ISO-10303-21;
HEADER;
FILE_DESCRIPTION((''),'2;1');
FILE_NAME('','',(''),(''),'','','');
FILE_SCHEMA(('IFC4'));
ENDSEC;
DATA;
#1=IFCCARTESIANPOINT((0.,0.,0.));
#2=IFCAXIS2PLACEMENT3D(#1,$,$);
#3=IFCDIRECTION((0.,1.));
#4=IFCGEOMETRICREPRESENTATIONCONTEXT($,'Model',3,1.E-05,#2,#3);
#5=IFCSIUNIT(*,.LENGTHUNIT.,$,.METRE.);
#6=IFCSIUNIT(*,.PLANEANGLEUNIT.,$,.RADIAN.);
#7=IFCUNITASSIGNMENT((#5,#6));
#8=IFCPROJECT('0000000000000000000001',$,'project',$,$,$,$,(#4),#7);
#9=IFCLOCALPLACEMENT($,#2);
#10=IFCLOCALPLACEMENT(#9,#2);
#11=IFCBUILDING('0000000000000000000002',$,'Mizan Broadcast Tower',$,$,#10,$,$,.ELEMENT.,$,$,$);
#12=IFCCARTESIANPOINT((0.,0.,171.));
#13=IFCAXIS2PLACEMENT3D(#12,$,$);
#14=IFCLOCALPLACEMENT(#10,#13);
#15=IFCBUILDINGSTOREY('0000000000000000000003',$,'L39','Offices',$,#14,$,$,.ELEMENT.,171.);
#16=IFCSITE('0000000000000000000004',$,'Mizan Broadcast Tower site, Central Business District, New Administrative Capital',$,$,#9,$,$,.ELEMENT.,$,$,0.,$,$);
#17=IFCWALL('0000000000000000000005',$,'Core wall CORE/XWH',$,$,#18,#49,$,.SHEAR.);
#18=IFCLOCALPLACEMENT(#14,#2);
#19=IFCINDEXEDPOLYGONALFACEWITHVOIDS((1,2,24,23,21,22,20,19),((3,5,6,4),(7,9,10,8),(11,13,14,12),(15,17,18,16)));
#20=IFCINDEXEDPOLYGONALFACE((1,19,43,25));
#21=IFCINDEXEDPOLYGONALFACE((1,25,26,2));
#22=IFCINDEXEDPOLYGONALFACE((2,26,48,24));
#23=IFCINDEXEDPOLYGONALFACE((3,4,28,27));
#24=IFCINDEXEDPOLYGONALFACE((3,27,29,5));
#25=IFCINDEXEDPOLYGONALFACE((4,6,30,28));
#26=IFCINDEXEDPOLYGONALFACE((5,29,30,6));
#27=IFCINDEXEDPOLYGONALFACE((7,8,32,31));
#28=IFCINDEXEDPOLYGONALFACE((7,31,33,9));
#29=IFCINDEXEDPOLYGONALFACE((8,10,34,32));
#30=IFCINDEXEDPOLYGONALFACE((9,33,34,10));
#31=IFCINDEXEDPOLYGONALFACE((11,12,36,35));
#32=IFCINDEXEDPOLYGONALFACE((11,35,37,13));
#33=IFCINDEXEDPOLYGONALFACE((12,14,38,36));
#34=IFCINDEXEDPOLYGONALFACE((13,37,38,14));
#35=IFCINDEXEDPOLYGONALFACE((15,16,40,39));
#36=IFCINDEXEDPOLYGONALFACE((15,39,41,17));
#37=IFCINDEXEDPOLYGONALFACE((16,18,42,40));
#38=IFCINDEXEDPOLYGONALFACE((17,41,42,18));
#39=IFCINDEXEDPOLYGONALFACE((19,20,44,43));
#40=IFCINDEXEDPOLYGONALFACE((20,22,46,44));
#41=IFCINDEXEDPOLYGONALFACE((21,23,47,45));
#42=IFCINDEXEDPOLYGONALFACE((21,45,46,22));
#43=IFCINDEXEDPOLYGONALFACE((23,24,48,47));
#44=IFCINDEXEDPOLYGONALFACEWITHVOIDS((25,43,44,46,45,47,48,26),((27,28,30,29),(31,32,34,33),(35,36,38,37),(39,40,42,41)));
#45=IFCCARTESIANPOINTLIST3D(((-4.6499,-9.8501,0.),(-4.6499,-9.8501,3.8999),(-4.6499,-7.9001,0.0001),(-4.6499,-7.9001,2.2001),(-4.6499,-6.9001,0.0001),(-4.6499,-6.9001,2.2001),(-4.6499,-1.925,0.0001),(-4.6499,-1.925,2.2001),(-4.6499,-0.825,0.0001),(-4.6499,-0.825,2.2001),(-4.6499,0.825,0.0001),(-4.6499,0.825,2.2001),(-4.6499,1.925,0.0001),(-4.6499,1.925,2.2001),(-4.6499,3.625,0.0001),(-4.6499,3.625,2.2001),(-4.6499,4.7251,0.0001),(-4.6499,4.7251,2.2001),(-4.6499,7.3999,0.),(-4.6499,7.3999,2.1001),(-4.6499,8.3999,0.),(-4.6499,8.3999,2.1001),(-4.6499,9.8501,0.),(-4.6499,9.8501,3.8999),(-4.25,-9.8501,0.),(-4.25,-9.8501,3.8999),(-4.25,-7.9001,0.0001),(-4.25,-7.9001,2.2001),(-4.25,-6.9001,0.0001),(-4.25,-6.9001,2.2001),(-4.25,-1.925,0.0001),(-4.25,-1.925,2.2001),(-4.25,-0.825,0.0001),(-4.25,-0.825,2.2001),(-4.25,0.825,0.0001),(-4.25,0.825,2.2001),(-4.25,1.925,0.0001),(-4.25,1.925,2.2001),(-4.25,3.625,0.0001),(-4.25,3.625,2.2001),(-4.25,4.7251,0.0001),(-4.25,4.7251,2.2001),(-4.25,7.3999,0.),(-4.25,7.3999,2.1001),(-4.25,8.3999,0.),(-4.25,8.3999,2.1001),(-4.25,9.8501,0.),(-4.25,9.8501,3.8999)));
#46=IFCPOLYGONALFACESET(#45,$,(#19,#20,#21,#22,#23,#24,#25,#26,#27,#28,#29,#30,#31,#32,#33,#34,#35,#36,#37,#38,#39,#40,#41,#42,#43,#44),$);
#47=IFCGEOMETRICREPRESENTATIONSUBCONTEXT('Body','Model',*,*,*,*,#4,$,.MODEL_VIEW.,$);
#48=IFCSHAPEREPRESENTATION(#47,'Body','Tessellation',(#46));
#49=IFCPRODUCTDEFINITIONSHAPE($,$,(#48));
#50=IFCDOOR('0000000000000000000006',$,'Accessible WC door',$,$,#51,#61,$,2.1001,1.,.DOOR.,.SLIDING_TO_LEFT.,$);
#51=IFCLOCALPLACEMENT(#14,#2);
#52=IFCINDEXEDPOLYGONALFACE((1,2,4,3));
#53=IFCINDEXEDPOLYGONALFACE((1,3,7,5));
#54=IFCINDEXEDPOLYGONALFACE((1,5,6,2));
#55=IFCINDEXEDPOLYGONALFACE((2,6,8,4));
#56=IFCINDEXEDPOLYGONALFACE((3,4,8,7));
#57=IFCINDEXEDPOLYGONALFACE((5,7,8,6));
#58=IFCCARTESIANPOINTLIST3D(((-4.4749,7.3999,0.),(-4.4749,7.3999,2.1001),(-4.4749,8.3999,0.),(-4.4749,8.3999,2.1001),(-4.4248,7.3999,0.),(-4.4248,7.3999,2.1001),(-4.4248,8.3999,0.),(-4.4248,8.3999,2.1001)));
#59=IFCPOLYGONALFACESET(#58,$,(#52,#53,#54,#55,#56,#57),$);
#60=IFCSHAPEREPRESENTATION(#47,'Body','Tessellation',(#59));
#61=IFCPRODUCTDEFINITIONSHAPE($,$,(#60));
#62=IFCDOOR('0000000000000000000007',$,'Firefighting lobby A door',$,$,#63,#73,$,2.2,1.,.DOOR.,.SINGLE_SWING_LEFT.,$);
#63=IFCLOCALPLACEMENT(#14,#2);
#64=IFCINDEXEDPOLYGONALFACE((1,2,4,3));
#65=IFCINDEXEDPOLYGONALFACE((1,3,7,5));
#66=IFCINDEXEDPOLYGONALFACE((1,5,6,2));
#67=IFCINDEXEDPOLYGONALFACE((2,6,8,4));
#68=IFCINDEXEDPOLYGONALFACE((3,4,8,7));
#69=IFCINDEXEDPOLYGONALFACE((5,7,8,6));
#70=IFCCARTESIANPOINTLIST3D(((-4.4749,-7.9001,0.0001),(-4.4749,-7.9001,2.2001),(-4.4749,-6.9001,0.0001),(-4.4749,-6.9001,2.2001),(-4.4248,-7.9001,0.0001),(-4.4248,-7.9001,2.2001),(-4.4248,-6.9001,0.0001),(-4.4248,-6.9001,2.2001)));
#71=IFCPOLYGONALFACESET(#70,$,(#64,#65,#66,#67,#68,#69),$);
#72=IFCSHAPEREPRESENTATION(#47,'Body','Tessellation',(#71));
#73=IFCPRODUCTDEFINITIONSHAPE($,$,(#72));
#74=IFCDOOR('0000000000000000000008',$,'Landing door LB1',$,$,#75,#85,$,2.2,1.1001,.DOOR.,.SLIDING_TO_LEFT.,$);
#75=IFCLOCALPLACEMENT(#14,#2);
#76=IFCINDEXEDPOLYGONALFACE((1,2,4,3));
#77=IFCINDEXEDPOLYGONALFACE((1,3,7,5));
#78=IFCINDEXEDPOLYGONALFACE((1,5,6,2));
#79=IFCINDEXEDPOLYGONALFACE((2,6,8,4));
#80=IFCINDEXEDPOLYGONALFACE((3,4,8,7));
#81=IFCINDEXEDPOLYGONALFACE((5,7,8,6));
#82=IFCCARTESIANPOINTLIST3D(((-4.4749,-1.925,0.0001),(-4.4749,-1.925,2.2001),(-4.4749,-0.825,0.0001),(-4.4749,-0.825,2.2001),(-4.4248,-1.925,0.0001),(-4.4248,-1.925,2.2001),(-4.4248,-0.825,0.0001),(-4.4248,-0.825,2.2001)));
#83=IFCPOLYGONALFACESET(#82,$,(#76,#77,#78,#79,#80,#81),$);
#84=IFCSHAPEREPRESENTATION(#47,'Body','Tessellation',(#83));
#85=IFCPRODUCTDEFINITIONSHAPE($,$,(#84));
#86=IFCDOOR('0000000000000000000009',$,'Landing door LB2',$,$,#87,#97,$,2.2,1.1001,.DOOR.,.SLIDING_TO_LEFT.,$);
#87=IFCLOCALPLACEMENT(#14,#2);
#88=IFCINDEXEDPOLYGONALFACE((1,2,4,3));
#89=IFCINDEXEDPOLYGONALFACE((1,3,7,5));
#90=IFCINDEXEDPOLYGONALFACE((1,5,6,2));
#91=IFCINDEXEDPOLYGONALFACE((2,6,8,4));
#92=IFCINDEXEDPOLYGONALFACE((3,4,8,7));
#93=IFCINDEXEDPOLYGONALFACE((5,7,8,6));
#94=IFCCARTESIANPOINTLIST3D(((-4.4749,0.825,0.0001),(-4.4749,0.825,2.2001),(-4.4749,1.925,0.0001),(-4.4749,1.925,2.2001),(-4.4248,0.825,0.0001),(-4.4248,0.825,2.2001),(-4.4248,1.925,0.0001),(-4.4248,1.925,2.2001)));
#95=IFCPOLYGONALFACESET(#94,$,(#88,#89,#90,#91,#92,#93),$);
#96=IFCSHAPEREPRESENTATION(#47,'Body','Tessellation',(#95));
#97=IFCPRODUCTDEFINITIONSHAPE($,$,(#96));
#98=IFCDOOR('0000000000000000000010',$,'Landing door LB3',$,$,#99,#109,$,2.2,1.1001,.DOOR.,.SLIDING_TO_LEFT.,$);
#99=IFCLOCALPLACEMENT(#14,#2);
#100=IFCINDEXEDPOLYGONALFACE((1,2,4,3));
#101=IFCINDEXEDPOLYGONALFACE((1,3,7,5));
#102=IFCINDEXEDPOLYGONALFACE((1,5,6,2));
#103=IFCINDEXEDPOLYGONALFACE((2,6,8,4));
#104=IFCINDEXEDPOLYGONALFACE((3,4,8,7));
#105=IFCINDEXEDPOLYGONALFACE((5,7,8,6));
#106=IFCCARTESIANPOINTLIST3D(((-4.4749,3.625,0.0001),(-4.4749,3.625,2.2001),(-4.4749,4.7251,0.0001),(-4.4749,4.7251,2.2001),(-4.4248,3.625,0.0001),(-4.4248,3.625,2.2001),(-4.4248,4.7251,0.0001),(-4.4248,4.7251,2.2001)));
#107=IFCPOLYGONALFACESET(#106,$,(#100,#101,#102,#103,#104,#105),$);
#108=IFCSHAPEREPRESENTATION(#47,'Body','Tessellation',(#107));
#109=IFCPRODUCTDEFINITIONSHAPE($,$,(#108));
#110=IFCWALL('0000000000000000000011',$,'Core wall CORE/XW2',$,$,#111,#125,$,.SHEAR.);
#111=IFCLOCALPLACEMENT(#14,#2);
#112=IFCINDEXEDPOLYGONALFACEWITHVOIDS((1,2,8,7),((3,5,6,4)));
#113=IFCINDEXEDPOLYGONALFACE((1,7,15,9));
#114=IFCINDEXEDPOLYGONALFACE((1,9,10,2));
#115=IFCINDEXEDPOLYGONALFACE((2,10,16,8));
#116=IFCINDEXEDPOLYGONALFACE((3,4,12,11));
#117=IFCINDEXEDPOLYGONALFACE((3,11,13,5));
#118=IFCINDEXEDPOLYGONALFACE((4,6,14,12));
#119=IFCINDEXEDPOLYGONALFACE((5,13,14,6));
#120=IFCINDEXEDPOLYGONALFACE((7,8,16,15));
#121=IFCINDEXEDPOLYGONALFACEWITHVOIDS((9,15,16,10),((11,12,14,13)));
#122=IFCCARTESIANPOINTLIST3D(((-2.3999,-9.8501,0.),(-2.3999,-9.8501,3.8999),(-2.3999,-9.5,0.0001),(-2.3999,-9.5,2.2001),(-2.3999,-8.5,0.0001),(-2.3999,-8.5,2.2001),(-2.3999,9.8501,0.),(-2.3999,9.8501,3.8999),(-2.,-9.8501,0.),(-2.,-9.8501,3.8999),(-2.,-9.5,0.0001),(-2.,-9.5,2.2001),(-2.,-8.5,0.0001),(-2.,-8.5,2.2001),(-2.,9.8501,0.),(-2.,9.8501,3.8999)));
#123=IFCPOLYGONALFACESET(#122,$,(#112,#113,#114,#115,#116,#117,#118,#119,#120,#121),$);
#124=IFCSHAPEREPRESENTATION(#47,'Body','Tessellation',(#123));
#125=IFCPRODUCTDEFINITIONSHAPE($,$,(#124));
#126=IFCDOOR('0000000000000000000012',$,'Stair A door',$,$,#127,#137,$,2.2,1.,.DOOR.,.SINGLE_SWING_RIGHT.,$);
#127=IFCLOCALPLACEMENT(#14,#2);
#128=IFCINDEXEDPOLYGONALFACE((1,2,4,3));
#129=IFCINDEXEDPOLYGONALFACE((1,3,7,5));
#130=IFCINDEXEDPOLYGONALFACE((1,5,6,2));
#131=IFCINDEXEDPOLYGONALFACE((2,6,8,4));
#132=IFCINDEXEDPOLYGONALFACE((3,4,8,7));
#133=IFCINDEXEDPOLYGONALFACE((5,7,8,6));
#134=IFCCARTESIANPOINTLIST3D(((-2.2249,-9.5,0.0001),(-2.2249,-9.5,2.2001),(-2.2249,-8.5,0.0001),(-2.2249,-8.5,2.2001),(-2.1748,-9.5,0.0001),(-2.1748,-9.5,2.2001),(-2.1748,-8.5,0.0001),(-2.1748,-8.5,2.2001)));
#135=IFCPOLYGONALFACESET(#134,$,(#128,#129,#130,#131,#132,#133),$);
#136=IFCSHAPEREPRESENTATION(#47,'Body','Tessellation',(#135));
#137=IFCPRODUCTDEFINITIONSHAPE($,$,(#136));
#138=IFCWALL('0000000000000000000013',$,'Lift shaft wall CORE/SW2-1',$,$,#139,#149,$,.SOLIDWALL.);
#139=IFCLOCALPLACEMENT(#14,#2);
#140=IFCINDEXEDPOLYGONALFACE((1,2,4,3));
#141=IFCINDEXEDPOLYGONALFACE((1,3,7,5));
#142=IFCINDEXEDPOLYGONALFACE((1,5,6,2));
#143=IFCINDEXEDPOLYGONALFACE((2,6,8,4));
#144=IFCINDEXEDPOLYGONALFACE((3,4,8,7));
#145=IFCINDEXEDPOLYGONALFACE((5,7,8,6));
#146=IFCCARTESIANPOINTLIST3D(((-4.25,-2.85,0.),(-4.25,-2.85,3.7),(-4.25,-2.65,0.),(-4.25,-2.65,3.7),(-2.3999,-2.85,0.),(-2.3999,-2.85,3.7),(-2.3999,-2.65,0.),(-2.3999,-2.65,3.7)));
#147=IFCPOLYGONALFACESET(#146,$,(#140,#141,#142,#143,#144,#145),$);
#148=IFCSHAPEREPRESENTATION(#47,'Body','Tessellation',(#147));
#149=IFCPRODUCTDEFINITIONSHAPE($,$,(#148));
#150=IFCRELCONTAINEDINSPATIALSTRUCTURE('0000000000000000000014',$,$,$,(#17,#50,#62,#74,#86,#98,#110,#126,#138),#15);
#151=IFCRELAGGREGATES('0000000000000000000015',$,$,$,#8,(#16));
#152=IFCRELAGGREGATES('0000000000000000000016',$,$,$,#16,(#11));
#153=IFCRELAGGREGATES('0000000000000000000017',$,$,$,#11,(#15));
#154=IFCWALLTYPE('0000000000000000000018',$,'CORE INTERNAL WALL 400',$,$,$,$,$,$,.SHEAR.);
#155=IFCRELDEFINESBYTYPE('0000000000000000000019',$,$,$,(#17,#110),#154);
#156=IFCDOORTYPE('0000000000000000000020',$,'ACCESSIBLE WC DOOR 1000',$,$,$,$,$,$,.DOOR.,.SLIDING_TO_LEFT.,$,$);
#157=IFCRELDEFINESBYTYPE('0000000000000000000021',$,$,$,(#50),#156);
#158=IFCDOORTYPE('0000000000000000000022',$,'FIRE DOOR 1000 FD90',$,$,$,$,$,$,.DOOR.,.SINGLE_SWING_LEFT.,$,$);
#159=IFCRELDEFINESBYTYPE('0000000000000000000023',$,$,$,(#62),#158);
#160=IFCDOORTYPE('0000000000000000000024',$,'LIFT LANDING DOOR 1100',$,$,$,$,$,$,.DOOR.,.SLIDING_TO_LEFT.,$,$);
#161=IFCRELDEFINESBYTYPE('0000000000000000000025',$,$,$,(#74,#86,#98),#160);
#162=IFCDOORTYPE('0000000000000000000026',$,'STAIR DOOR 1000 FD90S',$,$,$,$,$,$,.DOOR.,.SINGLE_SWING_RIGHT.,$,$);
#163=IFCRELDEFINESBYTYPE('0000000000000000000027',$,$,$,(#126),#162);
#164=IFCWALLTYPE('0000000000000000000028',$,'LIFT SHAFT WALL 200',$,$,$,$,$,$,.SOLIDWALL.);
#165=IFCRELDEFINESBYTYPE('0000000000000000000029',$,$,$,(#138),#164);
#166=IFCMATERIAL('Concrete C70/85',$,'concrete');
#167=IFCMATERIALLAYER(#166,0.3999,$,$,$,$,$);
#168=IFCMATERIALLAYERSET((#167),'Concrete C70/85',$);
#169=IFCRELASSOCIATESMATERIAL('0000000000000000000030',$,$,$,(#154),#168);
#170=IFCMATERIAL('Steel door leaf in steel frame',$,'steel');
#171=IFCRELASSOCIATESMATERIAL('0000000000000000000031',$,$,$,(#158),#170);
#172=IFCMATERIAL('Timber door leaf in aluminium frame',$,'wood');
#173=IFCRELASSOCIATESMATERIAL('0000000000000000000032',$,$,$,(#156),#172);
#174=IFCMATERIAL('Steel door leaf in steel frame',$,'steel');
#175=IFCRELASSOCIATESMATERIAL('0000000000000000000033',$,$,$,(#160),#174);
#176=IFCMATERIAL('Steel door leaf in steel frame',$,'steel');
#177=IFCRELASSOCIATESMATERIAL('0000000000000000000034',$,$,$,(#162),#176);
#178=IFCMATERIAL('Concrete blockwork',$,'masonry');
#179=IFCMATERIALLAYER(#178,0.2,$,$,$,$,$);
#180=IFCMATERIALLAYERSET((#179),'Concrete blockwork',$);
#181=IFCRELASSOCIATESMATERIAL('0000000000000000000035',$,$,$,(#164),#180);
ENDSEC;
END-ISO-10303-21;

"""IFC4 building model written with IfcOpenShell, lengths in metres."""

from ifc_helpers import new_model, si_unit, direction, frame, frame_2d, origin, place, context, subcontext, project, spatial, rectangle, extrude, material, layer, layer_set, type_object, element, fill, save


model = new_model("IFC4")

# Units and contexts
model_context = context("Model", 3, precision=1e-05, world=origin(), true_north=direction((0.0, 1.0)))
body_context = subcontext(model_context, "Body", "Model", "MODEL_VIEW")
ifc_project = project(units=[si_unit("LENGTHUNIT", "METRE"), si_unit("PLANEANGLEUNIT", "RADIAN")], contexts=[model_context])

# Site, building, storey
site_placement = place(None, origin())
site = spatial("IfcSite", under=ifc_project, at=site_placement, Name="Mizan Broadcast Tower site, Central Business District, New Administrative Capital", CompositionType="ELEMENT", RefElevation=0.0)
building_placement = place(site_placement, origin())
building = spatial("IfcBuilding", under=site, at=building_placement, Name="Mizan Broadcast Tower", CompositionType="ELEMENT")
storey_placement = place(building_placement, frame((0.0, 0.0, 171.0)))
storey = spatial("IfcBuildingStorey", under=building, at=storey_placement, Name="L39", Description="Offices", CompositionType="ELEMENT", Elevation=171.0)

# Wall, openings, doors
ifc_material_1 = material(Name="Concrete C70/85", Category="concrete")
ifc_layer_1 = layer(ifc_material_1, 0.3999)
ifc_layer_set_1 = layer_set([ifc_layer_1], Name="Concrete C70/85")
wall_type_1 = type_object("IfcWallType", Name="CORE INTERNAL WALL 400", PredefinedType="SHEAR", material=ifc_layer_set_1)
ifc_material_2 = material(Name="Steel door leaf in steel frame", Category="steel")
door_type_1 = type_object("IfcDoorType", Name="FIRE DOOR 1000 FD90", OperationType="SINGLE_SWING_LEFT", PredefinedType="DOOR", material=ifc_material_2)
wall_1_placement = place(storey_placement, frame((-4.45, -9.8501, 0.0), z_axis=(0.0, 0.0, 1.0), x_axis=(0.0, 1.0, 0.0)))
wall_1 = element("IfcWall", 1, at=wall_1_placement, inside=storey, type_object=wall_type_1, Name="Core wall CORE/XWH", PredefinedType="SHEAR", context=body_context, shape_type="SweptSolid", body=[
    extrude(rectangle(XDim=19.7002, YDim=0.3999, at=frame_2d((9.8501, 0.0))), origin(), (0.0, 0.0, 1.0), 3.8999),
])
opening_1_placement = place(wall_1_placement, frame((1.95, 0.0, 0.0)))
opening_1 = element("IfcOpeningElement", 2, at=opening_1_placement, cuts=wall_1, PredefinedType="OPENING", context=body_context, shape_type="SweptSolid", body=[
    extrude(rectangle(XDim=1.0, YDim=2.2, at=frame_2d((0.5, 1.1001))), frame((0.0, 0.21, 0.0), z_axis=(0.0, -1.0, 0.0), x_axis=(1.0, 0.0, 0.0)), (0.0, 0.0, 1.0), 0.4199),
])
opening_2_placement = place(wall_1_placement, frame((17.25, 0.0, 0.0)))
opening_2 = element("IfcOpeningElement", 3, at=opening_2_placement, cuts=wall_1, PredefinedType="OPENING", context=body_context, shape_type="SweptSolid", body=[
    extrude(rectangle(XDim=1.0, YDim=2.1001, at=frame_2d((0.5, 1.05))), frame((0.0, 0.21, 0.0), z_axis=(0.0, -1.0, 0.0), x_axis=(1.0, 0.0, 0.0)), (0.0, 0.0, 1.0), 0.4199),
])
opening_3_placement = place(wall_1_placement, frame((7.925, 0.0, 0.0)))
opening_3 = element("IfcOpeningElement", 4, at=opening_3_placement, cuts=wall_1, PredefinedType="OPENING", context=body_context, shape_type="SweptSolid", body=[
    extrude(rectangle(XDim=1.1001, YDim=2.2, at=frame_2d((0.55, 1.1001))), frame((0.0, 0.21, 0.0), z_axis=(0.0, -1.0, 0.0), x_axis=(1.0, 0.0, 0.0)), (0.0, 0.0, 1.0), 0.4199),
])
opening_4_placement = place(wall_1_placement, frame((10.675, 0.0, 0.0)))
opening_4 = element("IfcOpeningElement", 5, at=opening_4_placement, cuts=wall_1, PredefinedType="OPENING", context=body_context, shape_type="SweptSolid", body=[
    extrude(rectangle(XDim=1.1001, YDim=2.2, at=frame_2d((0.55, 1.1001))), frame((0.0, 0.21, 0.0), z_axis=(0.0, -1.0, 0.0), x_axis=(1.0, 0.0, 0.0)), (0.0, 0.0, 1.0), 0.4199),
])
opening_5_placement = place(wall_1_placement, frame((13.4751, 0.0, 0.0)))
opening_5 = element("IfcOpeningElement", 6, at=opening_5_placement, cuts=wall_1, PredefinedType="OPENING", context=body_context, shape_type="SweptSolid", body=[
    extrude(rectangle(XDim=1.1001, YDim=2.2, at=frame_2d((0.55, 1.1001))), frame((0.0, 0.21, 0.0), z_axis=(0.0, -1.0, 0.0), x_axis=(1.0, 0.0, 0.0)), (0.0, 0.0, 1.0), 0.4199),
])
ifc_material_3 = material(Name="Timber door leaf in aluminium frame", Category="wood")
door_type_2 = type_object("IfcDoorType", Name="ACCESSIBLE WC DOOR 1000", OperationType="SLIDING_TO_LEFT", PredefinedType="DOOR", material=ifc_material_3)
door_1_placement = place(opening_2_placement, origin())
door_1 = element("IfcDoor", 7, at=door_1_placement, inside=storey, type_object=door_type_2, Name="Accessible WC door", OperationType="SLIDING_TO_LEFT", OverallHeight=2.1001, OverallWidth=1.0, PredefinedType="DOOR", context=body_context, shape_type="SweptSolid", body=[
    extrude(rectangle(XDim=1.0, YDim=2.1001, at=frame_2d((0.5, 1.05))), frame((0.0, 0.0249, 0.0), z_axis=(0.0, -1.0, 0.0), x_axis=(1.0, 0.0, 0.0)), (0.0, 0.0, 1.0), 0.05),
])
fill(opening_2, door_1)
door_2_placement = place(opening_1_placement, origin())
door_2 = element("IfcDoor", 8, at=door_2_placement, inside=storey, type_object=door_type_1, Name="Firefighting lobby A door", OperationType="SINGLE_SWING_LEFT", OverallHeight=2.2, OverallWidth=1.0, PredefinedType="DOOR", context=body_context, shape_type="SweptSolid", body=[
    extrude(rectangle(XDim=1.0, YDim=2.2, at=frame_2d((0.5, 1.1001))), frame((0.0, 0.0249, 0.0), z_axis=(0.0, -1.0, 0.0), x_axis=(1.0, 0.0, 0.0)), (0.0, 0.0, 1.0), 0.05),
])
fill(opening_1, door_2)
ifc_material_4 = material(Name="Steel door leaf in steel frame", Category="steel")
door_type_3 = type_object("IfcDoorType", Name="LIFT LANDING DOOR 1100", OperationType="SLIDING_TO_LEFT", PredefinedType="DOOR", material=ifc_material_4)
door_3_placement = place(opening_3_placement, origin())
door_3 = element("IfcDoor", 9, at=door_3_placement, inside=storey, type_object=door_type_3, Name="Landing door LB1", OperationType="SLIDING_TO_LEFT", OverallHeight=2.2, OverallWidth=1.1001, PredefinedType="DOOR", context=body_context, shape_type="SweptSolid", body=[
    extrude(rectangle(XDim=1.1001, YDim=2.2, at=frame_2d((0.55, 1.1001))), frame((0.0, 0.0249, 0.0), z_axis=(0.0, -1.0, 0.0), x_axis=(1.0, 0.0, 0.0)), (0.0, 0.0, 1.0), 0.05),
])
fill(opening_3, door_3)
door_4_placement = place(opening_4_placement, origin())
door_4 = element("IfcDoor", 10, at=door_4_placement, inside=storey, type_object=door_type_3, Name="Landing door LB2", OperationType="SLIDING_TO_LEFT", OverallHeight=2.2, OverallWidth=1.1001, PredefinedType="DOOR", context=body_context, shape_type="SweptSolid", body=[
    extrude(rectangle(XDim=1.1001, YDim=2.2, at=frame_2d((0.55, 1.1001))), frame((0.0, 0.0249, 0.0), z_axis=(0.0, -1.0, 0.0), x_axis=(1.0, 0.0, 0.0)), (0.0, 0.0, 1.0), 0.05),
])
fill(opening_4, door_4)
door_5_placement = place(opening_5_placement, origin())
door_5 = element("IfcDoor", 11, at=door_5_placement, inside=storey, type_object=door_type_3, Name="Landing door LB3", OperationType="SLIDING_TO_LEFT", OverallHeight=2.2, OverallWidth=1.1001, PredefinedType="DOOR", context=body_context, shape_type="SweptSolid", body=[
    extrude(rectangle(XDim=1.1001, YDim=2.2, at=frame_2d((0.55, 1.1001))), frame((0.0, 0.0249, 0.0), z_axis=(0.0, -1.0, 0.0), x_axis=(1.0, 0.0, 0.0)), (0.0, 0.0, 1.0), 0.05),
])
fill(opening_5, door_5)

# Wall, opening, door
wall_2_placement = place(storey_placement, frame((-2.2, -9.8501, 0.0), z_axis=(0.0, 0.0, 1.0), x_axis=(0.0, 1.0, 0.0)))
wall_2 = element("IfcWall", 12, at=wall_2_placement, inside=storey, type_object=wall_type_1, Name="Core wall CORE/XW2", PredefinedType="SHEAR", context=body_context, shape_type="SweptSolid", body=[
    extrude(rectangle(XDim=19.7002, YDim=0.3999, at=frame_2d((9.8501, 0.0))), origin(), (0.0, 0.0, 1.0), 3.8999),
])
opening_6_placement = place(wall_2_placement, frame((0.3501, 0.0, 0.0)))
opening_6 = element("IfcOpeningElement", 13, at=opening_6_placement, cuts=wall_2, PredefinedType="OPENING", context=body_context, shape_type="SweptSolid", body=[
    extrude(rectangle(XDim=1.0, YDim=2.2, at=frame_2d((0.5, 1.1001))), frame((0.0, 0.21, 0.0), z_axis=(0.0, -1.0, 0.0), x_axis=(1.0, 0.0, 0.0)), (0.0, 0.0, 1.0), 0.4199),
])
ifc_material_5 = material(Name="Steel door leaf in steel frame", Category="steel")
door_type_4 = type_object("IfcDoorType", Name="STAIR DOOR 1000 FD90S", OperationType="SINGLE_SWING_RIGHT", PredefinedType="DOOR", material=ifc_material_5)
door_6_placement = place(opening_6_placement, origin())
door_6 = element("IfcDoor", 14, at=door_6_placement, inside=storey, type_object=door_type_4, Name="Stair A door", OperationType="SINGLE_SWING_RIGHT", OverallHeight=2.2, OverallWidth=1.0, PredefinedType="DOOR", context=body_context, shape_type="SweptSolid", body=[
    extrude(rectangle(XDim=1.0, YDim=2.2, at=frame_2d((0.5, 1.1001))), frame((0.0, 0.0249, 0.0), z_axis=(0.0, -1.0, 0.0), x_axis=(1.0, 0.0, 0.0)), (0.0, 0.0, 1.0), 0.05),
])
fill(opening_6, door_6)

# Wall
ifc_material_6 = material(Name="Concrete blockwork", Category="masonry")
ifc_layer_2 = layer(ifc_material_6, 0.2)
ifc_layer_set_2 = layer_set([ifc_layer_2], Name="Concrete blockwork")
wall_type_2 = type_object("IfcWallType", Name="LIFT SHAFT WALL 200", PredefinedType="SOLIDWALL", material=ifc_layer_set_2)
wall_3_placement = place(storey_placement, frame((-4.25, -2.75, 0.0), z_axis=(0.0, 0.0, 1.0), x_axis=(1.0, 0.0, 0.0)))
element("IfcWall", 15, at=wall_3_placement, inside=storey, type_object=wall_type_2, Name="Lift shaft wall CORE/SW2-1", PredefinedType="SOLIDWALL", context=body_context, shape_type="SweptSolid", body=[
    extrude(rectangle(XDim=1.8501, YDim=0.2, at=frame_2d((0.925, 0.0))), origin(), (0.0, 0.0, 1.0), 3.7),
])

save(model, "model.ifc")
